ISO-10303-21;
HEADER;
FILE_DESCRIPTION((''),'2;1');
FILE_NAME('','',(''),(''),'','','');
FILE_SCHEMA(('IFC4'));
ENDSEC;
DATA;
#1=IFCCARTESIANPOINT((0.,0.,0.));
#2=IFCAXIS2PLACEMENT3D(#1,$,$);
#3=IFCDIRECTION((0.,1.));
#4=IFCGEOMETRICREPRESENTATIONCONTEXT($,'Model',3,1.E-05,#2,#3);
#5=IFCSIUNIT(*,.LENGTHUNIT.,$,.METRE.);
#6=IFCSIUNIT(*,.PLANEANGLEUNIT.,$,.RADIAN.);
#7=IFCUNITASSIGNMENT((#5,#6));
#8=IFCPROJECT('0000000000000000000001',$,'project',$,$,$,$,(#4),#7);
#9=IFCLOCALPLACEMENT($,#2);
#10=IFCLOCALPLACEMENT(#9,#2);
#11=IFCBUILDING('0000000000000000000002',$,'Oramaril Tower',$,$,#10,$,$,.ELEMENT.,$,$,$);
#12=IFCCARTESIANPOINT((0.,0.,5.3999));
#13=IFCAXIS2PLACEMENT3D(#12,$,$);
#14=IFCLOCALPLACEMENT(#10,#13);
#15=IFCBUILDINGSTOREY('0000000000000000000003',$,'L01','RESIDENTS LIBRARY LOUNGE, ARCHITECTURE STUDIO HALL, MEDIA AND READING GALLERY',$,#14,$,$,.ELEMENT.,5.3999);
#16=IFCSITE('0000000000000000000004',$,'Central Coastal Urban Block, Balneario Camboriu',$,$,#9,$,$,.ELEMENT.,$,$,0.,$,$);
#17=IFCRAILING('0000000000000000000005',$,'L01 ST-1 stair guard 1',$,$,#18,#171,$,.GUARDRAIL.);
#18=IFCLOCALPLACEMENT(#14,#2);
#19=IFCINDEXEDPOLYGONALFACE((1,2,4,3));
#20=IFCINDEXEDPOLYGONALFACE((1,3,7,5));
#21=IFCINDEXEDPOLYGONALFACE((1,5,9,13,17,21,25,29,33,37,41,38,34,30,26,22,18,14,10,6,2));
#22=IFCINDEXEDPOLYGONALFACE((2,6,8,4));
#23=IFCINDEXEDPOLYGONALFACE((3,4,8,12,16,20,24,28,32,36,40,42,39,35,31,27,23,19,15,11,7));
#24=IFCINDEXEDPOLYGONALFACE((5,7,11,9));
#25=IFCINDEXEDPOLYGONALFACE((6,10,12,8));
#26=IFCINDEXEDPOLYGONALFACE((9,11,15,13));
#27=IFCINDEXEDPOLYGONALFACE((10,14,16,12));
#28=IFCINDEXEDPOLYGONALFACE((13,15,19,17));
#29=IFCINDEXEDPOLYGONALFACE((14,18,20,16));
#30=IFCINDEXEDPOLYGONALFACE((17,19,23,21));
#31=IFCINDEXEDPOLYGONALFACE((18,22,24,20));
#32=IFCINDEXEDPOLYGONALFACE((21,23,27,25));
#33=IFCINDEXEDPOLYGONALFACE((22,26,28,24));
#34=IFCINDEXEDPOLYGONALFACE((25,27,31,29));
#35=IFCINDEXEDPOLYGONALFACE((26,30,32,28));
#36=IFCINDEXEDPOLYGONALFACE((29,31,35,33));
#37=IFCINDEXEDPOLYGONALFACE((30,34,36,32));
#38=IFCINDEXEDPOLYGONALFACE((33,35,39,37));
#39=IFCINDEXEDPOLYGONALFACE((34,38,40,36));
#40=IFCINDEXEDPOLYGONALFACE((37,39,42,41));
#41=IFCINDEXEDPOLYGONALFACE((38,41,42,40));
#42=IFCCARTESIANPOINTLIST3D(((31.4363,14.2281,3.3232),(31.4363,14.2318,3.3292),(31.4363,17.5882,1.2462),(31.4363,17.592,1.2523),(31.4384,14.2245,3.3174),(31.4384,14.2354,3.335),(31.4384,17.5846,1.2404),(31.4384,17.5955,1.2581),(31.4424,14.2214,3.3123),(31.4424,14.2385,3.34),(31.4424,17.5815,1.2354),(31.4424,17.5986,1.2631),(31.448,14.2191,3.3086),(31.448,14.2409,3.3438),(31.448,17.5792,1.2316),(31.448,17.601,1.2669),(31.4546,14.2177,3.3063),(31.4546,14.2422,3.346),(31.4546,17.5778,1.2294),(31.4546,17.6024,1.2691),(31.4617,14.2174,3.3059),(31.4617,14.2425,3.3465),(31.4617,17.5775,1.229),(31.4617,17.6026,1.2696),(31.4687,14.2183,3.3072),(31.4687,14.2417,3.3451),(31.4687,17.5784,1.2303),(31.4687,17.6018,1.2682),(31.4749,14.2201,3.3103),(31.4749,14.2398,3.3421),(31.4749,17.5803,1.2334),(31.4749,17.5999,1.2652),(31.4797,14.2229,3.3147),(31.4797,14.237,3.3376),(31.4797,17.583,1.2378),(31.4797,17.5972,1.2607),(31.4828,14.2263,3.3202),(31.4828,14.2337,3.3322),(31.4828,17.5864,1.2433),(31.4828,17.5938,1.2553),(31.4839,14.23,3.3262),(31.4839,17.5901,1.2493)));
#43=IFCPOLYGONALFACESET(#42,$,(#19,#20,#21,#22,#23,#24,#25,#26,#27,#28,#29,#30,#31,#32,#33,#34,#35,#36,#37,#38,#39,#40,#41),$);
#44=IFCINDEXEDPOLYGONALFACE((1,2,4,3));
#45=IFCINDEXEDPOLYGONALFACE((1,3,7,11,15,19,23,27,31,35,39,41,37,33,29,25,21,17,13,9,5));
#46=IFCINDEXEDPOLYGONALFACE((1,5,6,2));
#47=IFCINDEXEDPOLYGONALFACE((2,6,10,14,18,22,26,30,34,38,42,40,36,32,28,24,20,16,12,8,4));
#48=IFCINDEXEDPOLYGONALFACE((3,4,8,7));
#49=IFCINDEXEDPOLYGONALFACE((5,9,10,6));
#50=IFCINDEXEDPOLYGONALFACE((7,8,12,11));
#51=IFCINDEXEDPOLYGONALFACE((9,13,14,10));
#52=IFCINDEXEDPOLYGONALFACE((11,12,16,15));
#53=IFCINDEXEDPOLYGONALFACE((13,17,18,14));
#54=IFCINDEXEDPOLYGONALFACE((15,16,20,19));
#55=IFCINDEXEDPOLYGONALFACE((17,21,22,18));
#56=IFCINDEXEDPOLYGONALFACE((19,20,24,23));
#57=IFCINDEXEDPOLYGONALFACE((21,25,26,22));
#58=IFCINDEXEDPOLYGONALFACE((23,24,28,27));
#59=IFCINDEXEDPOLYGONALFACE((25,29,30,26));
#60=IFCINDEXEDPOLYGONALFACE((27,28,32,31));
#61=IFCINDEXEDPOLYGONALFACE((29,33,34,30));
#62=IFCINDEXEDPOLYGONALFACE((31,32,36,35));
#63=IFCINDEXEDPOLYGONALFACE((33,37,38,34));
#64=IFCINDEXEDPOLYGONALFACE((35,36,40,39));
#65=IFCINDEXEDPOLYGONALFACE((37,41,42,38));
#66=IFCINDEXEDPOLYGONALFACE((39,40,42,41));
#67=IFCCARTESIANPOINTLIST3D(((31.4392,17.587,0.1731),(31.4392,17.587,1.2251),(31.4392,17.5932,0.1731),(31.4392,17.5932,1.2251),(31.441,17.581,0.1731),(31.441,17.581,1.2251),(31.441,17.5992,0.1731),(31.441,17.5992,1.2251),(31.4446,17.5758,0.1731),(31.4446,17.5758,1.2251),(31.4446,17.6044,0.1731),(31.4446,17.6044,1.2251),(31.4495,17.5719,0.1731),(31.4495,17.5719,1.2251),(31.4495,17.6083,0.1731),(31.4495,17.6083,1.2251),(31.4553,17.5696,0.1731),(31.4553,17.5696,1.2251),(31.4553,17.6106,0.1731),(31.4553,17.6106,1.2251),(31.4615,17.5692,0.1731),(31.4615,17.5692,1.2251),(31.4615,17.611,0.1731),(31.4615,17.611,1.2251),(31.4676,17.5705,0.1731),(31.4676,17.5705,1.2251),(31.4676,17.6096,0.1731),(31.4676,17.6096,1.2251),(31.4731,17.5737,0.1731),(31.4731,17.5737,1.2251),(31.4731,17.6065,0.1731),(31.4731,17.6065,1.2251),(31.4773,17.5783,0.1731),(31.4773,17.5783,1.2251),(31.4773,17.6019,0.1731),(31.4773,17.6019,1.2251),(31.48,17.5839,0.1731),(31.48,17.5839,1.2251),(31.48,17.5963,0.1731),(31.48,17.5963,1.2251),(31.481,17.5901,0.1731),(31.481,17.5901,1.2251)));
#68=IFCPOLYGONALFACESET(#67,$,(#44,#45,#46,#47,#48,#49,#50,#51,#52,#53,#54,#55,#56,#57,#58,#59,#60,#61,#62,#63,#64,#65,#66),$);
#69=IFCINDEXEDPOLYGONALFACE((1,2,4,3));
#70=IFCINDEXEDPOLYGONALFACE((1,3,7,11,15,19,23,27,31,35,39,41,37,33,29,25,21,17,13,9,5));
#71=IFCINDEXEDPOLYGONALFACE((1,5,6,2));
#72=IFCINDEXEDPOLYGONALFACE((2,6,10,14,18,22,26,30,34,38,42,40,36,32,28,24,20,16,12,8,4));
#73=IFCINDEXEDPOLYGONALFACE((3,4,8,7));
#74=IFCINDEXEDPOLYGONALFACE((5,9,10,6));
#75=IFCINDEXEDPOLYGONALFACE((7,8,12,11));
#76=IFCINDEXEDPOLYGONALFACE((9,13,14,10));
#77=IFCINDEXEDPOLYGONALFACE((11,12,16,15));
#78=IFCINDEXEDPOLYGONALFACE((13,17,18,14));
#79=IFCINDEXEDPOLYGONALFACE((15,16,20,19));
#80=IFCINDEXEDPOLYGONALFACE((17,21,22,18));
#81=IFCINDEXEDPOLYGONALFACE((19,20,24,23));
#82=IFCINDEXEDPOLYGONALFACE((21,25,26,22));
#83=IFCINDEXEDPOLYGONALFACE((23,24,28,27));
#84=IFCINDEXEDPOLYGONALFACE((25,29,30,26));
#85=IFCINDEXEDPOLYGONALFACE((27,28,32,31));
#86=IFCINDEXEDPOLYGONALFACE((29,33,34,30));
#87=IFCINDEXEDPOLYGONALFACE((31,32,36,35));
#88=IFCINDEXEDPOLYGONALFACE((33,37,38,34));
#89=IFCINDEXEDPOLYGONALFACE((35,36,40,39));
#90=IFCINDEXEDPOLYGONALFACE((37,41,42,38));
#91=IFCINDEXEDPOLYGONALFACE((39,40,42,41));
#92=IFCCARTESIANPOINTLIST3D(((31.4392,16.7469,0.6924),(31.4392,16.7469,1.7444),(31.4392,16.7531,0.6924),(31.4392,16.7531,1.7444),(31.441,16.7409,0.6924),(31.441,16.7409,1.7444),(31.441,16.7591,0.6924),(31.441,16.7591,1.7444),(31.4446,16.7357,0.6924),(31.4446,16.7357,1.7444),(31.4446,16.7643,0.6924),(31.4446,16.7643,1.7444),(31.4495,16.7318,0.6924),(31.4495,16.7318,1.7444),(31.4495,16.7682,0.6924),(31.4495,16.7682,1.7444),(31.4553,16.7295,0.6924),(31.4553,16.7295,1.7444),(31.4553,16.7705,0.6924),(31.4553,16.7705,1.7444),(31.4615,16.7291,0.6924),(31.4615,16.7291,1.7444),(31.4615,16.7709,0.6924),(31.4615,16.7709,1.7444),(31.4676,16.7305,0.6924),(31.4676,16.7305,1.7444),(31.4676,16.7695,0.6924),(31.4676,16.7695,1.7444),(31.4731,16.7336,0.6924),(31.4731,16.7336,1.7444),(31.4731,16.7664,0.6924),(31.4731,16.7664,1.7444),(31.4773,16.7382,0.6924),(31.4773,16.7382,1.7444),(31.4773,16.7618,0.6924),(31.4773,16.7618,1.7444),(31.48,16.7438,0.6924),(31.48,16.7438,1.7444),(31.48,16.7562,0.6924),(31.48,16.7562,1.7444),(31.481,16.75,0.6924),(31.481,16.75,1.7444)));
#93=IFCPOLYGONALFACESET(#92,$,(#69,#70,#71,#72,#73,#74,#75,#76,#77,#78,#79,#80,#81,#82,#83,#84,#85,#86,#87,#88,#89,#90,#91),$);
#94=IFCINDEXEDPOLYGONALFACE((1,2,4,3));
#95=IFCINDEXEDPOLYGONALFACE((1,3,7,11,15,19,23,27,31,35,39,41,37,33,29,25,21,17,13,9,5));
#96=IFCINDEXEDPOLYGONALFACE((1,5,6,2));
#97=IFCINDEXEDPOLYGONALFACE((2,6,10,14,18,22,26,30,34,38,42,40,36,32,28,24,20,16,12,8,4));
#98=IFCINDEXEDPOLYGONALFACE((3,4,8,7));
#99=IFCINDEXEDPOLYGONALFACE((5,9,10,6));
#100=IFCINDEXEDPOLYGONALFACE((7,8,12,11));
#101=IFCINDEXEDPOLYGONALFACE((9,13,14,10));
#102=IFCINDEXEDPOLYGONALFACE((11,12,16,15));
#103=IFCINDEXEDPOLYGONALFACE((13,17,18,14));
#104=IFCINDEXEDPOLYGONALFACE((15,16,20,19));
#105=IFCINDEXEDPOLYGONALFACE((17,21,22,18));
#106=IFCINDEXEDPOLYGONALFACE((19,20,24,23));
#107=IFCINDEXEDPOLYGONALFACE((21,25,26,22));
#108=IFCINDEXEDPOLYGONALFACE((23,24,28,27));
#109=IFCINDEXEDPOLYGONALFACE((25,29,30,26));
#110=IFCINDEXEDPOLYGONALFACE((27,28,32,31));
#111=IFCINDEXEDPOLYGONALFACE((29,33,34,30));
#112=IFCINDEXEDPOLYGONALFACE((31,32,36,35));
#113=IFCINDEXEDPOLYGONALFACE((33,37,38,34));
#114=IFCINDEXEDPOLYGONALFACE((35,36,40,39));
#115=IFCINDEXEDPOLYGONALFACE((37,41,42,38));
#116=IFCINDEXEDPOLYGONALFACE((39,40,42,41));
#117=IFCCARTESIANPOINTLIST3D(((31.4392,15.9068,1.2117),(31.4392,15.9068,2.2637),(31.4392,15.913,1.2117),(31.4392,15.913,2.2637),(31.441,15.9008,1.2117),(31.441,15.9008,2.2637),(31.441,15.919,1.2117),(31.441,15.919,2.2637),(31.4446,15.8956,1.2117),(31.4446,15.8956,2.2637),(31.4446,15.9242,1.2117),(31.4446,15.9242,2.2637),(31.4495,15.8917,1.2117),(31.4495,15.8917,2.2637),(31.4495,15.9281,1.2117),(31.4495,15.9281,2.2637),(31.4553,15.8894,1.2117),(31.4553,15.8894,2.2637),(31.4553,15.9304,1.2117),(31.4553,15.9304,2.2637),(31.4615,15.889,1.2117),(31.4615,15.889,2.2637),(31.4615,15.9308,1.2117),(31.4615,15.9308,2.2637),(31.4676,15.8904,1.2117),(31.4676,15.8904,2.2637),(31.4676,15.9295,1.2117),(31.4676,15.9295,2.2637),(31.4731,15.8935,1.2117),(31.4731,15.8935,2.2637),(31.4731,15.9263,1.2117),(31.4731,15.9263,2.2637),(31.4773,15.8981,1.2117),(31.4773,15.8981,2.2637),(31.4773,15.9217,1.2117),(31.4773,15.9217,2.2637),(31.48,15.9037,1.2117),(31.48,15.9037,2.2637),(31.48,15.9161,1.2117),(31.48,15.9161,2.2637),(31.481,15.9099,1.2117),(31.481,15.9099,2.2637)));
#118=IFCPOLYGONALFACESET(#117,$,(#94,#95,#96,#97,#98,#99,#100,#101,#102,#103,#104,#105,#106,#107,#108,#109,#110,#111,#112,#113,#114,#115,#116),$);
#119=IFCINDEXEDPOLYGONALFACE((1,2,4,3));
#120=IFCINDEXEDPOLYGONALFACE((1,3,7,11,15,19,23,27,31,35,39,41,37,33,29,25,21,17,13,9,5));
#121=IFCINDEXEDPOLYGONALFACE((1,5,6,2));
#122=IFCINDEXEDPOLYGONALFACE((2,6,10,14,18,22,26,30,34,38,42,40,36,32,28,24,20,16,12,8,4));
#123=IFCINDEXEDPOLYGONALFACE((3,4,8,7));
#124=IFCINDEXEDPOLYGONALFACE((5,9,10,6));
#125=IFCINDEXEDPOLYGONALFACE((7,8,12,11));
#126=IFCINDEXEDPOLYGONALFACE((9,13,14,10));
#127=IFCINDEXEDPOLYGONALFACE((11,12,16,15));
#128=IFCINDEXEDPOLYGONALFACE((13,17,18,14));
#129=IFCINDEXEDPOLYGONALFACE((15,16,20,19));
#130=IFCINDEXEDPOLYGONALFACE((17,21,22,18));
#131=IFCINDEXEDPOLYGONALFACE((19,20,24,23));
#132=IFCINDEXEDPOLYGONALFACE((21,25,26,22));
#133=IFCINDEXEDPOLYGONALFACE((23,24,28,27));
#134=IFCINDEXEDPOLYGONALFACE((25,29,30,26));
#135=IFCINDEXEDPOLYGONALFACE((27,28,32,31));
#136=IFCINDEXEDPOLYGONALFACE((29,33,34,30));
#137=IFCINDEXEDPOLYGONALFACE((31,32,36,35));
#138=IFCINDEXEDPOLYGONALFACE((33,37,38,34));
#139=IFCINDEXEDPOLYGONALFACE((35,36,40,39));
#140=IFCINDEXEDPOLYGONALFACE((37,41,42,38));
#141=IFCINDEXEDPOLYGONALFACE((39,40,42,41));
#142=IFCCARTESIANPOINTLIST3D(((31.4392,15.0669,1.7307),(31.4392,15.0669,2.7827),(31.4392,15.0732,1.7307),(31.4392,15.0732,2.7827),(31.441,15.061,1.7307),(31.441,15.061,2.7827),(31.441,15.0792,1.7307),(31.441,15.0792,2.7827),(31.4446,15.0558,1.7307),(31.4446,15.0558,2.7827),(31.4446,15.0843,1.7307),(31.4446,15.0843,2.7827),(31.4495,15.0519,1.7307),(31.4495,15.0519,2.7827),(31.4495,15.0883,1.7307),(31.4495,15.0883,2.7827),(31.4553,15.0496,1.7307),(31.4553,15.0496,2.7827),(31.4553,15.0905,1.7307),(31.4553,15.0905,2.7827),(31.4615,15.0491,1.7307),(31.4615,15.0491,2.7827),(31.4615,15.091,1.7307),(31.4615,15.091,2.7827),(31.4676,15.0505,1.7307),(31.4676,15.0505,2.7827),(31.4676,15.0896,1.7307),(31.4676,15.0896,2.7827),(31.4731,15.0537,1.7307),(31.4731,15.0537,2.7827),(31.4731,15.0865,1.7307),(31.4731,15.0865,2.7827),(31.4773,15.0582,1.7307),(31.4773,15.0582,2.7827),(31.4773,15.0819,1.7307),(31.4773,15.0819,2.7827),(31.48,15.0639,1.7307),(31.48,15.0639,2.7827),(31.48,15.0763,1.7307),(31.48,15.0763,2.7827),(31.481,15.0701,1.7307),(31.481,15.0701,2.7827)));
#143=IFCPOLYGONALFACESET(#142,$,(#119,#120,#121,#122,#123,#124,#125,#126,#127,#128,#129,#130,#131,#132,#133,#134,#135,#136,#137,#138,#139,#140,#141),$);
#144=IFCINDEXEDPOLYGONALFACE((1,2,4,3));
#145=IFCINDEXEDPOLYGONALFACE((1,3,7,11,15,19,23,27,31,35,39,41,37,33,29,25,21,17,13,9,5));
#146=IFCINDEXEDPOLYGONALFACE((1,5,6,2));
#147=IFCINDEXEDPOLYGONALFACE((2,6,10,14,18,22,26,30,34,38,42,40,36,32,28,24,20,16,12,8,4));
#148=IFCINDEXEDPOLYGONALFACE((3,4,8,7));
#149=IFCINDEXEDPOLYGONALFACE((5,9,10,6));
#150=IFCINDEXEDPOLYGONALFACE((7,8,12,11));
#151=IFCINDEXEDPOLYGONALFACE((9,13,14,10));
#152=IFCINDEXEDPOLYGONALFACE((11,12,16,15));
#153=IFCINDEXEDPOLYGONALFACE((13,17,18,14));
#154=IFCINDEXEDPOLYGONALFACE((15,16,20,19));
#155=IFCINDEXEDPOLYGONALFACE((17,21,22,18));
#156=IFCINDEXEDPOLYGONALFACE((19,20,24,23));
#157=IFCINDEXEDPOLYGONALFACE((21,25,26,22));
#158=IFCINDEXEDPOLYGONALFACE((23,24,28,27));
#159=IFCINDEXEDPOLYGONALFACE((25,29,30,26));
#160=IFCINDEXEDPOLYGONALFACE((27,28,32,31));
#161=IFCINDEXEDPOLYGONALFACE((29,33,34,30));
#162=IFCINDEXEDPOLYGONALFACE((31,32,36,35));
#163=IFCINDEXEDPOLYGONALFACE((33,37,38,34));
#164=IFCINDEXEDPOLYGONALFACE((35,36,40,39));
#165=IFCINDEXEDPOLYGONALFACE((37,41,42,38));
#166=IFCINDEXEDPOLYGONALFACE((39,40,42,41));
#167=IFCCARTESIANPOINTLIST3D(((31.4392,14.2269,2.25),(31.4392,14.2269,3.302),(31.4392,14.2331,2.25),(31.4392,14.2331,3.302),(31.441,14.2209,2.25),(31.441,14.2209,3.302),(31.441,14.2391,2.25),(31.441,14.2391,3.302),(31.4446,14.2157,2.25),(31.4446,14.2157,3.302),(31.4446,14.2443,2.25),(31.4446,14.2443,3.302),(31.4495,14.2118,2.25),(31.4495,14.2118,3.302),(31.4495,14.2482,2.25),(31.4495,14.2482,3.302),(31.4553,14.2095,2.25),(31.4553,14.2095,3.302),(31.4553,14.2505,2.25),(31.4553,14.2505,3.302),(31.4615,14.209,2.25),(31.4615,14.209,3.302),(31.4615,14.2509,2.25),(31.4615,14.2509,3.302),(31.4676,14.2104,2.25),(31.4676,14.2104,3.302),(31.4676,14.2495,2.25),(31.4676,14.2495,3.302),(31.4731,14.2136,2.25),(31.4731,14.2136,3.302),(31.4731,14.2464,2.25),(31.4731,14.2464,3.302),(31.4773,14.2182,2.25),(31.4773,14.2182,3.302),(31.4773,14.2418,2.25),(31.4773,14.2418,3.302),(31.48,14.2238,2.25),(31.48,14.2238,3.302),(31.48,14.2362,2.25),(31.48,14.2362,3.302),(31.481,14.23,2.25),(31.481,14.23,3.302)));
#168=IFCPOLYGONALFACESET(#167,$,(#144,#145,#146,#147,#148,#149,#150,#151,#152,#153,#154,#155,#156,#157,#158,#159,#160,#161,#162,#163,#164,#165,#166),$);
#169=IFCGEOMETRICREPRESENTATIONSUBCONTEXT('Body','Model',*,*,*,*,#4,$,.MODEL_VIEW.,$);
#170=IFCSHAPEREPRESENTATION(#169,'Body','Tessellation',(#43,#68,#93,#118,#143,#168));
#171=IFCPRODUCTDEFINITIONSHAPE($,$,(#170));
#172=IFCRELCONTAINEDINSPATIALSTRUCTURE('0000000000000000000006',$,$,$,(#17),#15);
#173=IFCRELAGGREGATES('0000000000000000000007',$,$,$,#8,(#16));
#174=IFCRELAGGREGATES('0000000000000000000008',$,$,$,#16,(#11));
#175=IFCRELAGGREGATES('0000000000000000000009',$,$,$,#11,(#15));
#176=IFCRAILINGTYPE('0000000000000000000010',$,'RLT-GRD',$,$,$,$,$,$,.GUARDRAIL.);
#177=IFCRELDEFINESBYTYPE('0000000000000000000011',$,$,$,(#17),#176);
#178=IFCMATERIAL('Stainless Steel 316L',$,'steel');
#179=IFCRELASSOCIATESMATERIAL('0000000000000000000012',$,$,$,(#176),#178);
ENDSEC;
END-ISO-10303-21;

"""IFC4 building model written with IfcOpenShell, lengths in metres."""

from ifc_helpers import new_model, si_unit, direction, frame, origin, origin_2d, place, context, subcontext, project, spatial, circle, extrude, material, type_object, element, save


model = new_model("IFC4")

# Units and contexts
model_context = context("Model", 3, precision=1e-05, world=origin(), true_north=direction((0.0, 1.0)))
body_context = subcontext(model_context, "Body", "Model", "MODEL_VIEW")
ifc_project = project(units=[si_unit("LENGTHUNIT", "METRE"), si_unit("PLANEANGLEUNIT", "RADIAN")], contexts=[model_context])

# Site, building, storey
site_placement = place(None, origin())
site = spatial("IfcSite", under=ifc_project, at=site_placement, Name="Central Coastal Urban Block, Balneario Camboriu", CompositionType="ELEMENT", RefElevation=0.0)
building_placement = place(site_placement, origin())
building = spatial("IfcBuilding", under=site, at=building_placement, Name="Oramaril Tower", CompositionType="ELEMENT")
storey_placement = place(building_placement, frame((0.0, 0.0, 5.3999)))
storey = spatial("IfcBuildingStorey", under=building, at=storey_placement, Name="L01", Description="RESIDENTS LIBRARY LOUNGE, ARCHITECTURE STUDIO HALL, MEDIA AND READING GALLERY", CompositionType="ELEMENT", Elevation=5.3999)

# Railing
ifc_material_1 = material(Name="Stainless Steel 316L", Category="steel")
railing_type_1 = type_object("IfcRailingType", Name="RLT-GRD", PredefinedType="GUARDRAIL", material=ifc_material_1)
railing_1_placement = place(storey_placement, frame((31.46, 17.5901, 0.1731)))
element("IfcRailing", 1, at=railing_1_placement, inside=storey, type_object=railing_type_1, Name="L01 ST-1 stair guard 1", PredefinedType="GUARDRAIL", context=body_context, shape_type="SweptSolid", body=[
    extrude(circle(Radius=0.0239, at=origin_2d()), frame((0.0, 0.0, 1.0762), z_axis=(0.0, -0.850623, 0.525776), x_axis=(1.0, 0.0, 0.0)), (0.0, 0.0, 1.0), 3.9502),
    extrude(circle(Radius=0.021, at=origin_2d()), origin(), (0.0, 0.0, 1.0), 1.052),
    extrude(circle(Radius=0.021, at=origin_2d()), frame((0.0, -0.8401, 0.5193)), (0.0, 0.0, 1.0), 1.052),
    extrude(circle(Radius=0.021, at=origin_2d()), frame((0.0, -1.6802, 1.0386)), (0.0, 0.0, 1.0), 1.052),
    extrude(circle(Radius=0.021, at=origin_2d()), frame((0.0, -2.52, 1.5576)), (0.0, 0.0, 1.0), 1.052),
    extrude(circle(Radius=0.021, at=origin_2d()), frame((0.0, -3.3601, 2.0769)), (0.0, 0.0, 1.0), 1.052),
])

save(model, "model.ifc")
